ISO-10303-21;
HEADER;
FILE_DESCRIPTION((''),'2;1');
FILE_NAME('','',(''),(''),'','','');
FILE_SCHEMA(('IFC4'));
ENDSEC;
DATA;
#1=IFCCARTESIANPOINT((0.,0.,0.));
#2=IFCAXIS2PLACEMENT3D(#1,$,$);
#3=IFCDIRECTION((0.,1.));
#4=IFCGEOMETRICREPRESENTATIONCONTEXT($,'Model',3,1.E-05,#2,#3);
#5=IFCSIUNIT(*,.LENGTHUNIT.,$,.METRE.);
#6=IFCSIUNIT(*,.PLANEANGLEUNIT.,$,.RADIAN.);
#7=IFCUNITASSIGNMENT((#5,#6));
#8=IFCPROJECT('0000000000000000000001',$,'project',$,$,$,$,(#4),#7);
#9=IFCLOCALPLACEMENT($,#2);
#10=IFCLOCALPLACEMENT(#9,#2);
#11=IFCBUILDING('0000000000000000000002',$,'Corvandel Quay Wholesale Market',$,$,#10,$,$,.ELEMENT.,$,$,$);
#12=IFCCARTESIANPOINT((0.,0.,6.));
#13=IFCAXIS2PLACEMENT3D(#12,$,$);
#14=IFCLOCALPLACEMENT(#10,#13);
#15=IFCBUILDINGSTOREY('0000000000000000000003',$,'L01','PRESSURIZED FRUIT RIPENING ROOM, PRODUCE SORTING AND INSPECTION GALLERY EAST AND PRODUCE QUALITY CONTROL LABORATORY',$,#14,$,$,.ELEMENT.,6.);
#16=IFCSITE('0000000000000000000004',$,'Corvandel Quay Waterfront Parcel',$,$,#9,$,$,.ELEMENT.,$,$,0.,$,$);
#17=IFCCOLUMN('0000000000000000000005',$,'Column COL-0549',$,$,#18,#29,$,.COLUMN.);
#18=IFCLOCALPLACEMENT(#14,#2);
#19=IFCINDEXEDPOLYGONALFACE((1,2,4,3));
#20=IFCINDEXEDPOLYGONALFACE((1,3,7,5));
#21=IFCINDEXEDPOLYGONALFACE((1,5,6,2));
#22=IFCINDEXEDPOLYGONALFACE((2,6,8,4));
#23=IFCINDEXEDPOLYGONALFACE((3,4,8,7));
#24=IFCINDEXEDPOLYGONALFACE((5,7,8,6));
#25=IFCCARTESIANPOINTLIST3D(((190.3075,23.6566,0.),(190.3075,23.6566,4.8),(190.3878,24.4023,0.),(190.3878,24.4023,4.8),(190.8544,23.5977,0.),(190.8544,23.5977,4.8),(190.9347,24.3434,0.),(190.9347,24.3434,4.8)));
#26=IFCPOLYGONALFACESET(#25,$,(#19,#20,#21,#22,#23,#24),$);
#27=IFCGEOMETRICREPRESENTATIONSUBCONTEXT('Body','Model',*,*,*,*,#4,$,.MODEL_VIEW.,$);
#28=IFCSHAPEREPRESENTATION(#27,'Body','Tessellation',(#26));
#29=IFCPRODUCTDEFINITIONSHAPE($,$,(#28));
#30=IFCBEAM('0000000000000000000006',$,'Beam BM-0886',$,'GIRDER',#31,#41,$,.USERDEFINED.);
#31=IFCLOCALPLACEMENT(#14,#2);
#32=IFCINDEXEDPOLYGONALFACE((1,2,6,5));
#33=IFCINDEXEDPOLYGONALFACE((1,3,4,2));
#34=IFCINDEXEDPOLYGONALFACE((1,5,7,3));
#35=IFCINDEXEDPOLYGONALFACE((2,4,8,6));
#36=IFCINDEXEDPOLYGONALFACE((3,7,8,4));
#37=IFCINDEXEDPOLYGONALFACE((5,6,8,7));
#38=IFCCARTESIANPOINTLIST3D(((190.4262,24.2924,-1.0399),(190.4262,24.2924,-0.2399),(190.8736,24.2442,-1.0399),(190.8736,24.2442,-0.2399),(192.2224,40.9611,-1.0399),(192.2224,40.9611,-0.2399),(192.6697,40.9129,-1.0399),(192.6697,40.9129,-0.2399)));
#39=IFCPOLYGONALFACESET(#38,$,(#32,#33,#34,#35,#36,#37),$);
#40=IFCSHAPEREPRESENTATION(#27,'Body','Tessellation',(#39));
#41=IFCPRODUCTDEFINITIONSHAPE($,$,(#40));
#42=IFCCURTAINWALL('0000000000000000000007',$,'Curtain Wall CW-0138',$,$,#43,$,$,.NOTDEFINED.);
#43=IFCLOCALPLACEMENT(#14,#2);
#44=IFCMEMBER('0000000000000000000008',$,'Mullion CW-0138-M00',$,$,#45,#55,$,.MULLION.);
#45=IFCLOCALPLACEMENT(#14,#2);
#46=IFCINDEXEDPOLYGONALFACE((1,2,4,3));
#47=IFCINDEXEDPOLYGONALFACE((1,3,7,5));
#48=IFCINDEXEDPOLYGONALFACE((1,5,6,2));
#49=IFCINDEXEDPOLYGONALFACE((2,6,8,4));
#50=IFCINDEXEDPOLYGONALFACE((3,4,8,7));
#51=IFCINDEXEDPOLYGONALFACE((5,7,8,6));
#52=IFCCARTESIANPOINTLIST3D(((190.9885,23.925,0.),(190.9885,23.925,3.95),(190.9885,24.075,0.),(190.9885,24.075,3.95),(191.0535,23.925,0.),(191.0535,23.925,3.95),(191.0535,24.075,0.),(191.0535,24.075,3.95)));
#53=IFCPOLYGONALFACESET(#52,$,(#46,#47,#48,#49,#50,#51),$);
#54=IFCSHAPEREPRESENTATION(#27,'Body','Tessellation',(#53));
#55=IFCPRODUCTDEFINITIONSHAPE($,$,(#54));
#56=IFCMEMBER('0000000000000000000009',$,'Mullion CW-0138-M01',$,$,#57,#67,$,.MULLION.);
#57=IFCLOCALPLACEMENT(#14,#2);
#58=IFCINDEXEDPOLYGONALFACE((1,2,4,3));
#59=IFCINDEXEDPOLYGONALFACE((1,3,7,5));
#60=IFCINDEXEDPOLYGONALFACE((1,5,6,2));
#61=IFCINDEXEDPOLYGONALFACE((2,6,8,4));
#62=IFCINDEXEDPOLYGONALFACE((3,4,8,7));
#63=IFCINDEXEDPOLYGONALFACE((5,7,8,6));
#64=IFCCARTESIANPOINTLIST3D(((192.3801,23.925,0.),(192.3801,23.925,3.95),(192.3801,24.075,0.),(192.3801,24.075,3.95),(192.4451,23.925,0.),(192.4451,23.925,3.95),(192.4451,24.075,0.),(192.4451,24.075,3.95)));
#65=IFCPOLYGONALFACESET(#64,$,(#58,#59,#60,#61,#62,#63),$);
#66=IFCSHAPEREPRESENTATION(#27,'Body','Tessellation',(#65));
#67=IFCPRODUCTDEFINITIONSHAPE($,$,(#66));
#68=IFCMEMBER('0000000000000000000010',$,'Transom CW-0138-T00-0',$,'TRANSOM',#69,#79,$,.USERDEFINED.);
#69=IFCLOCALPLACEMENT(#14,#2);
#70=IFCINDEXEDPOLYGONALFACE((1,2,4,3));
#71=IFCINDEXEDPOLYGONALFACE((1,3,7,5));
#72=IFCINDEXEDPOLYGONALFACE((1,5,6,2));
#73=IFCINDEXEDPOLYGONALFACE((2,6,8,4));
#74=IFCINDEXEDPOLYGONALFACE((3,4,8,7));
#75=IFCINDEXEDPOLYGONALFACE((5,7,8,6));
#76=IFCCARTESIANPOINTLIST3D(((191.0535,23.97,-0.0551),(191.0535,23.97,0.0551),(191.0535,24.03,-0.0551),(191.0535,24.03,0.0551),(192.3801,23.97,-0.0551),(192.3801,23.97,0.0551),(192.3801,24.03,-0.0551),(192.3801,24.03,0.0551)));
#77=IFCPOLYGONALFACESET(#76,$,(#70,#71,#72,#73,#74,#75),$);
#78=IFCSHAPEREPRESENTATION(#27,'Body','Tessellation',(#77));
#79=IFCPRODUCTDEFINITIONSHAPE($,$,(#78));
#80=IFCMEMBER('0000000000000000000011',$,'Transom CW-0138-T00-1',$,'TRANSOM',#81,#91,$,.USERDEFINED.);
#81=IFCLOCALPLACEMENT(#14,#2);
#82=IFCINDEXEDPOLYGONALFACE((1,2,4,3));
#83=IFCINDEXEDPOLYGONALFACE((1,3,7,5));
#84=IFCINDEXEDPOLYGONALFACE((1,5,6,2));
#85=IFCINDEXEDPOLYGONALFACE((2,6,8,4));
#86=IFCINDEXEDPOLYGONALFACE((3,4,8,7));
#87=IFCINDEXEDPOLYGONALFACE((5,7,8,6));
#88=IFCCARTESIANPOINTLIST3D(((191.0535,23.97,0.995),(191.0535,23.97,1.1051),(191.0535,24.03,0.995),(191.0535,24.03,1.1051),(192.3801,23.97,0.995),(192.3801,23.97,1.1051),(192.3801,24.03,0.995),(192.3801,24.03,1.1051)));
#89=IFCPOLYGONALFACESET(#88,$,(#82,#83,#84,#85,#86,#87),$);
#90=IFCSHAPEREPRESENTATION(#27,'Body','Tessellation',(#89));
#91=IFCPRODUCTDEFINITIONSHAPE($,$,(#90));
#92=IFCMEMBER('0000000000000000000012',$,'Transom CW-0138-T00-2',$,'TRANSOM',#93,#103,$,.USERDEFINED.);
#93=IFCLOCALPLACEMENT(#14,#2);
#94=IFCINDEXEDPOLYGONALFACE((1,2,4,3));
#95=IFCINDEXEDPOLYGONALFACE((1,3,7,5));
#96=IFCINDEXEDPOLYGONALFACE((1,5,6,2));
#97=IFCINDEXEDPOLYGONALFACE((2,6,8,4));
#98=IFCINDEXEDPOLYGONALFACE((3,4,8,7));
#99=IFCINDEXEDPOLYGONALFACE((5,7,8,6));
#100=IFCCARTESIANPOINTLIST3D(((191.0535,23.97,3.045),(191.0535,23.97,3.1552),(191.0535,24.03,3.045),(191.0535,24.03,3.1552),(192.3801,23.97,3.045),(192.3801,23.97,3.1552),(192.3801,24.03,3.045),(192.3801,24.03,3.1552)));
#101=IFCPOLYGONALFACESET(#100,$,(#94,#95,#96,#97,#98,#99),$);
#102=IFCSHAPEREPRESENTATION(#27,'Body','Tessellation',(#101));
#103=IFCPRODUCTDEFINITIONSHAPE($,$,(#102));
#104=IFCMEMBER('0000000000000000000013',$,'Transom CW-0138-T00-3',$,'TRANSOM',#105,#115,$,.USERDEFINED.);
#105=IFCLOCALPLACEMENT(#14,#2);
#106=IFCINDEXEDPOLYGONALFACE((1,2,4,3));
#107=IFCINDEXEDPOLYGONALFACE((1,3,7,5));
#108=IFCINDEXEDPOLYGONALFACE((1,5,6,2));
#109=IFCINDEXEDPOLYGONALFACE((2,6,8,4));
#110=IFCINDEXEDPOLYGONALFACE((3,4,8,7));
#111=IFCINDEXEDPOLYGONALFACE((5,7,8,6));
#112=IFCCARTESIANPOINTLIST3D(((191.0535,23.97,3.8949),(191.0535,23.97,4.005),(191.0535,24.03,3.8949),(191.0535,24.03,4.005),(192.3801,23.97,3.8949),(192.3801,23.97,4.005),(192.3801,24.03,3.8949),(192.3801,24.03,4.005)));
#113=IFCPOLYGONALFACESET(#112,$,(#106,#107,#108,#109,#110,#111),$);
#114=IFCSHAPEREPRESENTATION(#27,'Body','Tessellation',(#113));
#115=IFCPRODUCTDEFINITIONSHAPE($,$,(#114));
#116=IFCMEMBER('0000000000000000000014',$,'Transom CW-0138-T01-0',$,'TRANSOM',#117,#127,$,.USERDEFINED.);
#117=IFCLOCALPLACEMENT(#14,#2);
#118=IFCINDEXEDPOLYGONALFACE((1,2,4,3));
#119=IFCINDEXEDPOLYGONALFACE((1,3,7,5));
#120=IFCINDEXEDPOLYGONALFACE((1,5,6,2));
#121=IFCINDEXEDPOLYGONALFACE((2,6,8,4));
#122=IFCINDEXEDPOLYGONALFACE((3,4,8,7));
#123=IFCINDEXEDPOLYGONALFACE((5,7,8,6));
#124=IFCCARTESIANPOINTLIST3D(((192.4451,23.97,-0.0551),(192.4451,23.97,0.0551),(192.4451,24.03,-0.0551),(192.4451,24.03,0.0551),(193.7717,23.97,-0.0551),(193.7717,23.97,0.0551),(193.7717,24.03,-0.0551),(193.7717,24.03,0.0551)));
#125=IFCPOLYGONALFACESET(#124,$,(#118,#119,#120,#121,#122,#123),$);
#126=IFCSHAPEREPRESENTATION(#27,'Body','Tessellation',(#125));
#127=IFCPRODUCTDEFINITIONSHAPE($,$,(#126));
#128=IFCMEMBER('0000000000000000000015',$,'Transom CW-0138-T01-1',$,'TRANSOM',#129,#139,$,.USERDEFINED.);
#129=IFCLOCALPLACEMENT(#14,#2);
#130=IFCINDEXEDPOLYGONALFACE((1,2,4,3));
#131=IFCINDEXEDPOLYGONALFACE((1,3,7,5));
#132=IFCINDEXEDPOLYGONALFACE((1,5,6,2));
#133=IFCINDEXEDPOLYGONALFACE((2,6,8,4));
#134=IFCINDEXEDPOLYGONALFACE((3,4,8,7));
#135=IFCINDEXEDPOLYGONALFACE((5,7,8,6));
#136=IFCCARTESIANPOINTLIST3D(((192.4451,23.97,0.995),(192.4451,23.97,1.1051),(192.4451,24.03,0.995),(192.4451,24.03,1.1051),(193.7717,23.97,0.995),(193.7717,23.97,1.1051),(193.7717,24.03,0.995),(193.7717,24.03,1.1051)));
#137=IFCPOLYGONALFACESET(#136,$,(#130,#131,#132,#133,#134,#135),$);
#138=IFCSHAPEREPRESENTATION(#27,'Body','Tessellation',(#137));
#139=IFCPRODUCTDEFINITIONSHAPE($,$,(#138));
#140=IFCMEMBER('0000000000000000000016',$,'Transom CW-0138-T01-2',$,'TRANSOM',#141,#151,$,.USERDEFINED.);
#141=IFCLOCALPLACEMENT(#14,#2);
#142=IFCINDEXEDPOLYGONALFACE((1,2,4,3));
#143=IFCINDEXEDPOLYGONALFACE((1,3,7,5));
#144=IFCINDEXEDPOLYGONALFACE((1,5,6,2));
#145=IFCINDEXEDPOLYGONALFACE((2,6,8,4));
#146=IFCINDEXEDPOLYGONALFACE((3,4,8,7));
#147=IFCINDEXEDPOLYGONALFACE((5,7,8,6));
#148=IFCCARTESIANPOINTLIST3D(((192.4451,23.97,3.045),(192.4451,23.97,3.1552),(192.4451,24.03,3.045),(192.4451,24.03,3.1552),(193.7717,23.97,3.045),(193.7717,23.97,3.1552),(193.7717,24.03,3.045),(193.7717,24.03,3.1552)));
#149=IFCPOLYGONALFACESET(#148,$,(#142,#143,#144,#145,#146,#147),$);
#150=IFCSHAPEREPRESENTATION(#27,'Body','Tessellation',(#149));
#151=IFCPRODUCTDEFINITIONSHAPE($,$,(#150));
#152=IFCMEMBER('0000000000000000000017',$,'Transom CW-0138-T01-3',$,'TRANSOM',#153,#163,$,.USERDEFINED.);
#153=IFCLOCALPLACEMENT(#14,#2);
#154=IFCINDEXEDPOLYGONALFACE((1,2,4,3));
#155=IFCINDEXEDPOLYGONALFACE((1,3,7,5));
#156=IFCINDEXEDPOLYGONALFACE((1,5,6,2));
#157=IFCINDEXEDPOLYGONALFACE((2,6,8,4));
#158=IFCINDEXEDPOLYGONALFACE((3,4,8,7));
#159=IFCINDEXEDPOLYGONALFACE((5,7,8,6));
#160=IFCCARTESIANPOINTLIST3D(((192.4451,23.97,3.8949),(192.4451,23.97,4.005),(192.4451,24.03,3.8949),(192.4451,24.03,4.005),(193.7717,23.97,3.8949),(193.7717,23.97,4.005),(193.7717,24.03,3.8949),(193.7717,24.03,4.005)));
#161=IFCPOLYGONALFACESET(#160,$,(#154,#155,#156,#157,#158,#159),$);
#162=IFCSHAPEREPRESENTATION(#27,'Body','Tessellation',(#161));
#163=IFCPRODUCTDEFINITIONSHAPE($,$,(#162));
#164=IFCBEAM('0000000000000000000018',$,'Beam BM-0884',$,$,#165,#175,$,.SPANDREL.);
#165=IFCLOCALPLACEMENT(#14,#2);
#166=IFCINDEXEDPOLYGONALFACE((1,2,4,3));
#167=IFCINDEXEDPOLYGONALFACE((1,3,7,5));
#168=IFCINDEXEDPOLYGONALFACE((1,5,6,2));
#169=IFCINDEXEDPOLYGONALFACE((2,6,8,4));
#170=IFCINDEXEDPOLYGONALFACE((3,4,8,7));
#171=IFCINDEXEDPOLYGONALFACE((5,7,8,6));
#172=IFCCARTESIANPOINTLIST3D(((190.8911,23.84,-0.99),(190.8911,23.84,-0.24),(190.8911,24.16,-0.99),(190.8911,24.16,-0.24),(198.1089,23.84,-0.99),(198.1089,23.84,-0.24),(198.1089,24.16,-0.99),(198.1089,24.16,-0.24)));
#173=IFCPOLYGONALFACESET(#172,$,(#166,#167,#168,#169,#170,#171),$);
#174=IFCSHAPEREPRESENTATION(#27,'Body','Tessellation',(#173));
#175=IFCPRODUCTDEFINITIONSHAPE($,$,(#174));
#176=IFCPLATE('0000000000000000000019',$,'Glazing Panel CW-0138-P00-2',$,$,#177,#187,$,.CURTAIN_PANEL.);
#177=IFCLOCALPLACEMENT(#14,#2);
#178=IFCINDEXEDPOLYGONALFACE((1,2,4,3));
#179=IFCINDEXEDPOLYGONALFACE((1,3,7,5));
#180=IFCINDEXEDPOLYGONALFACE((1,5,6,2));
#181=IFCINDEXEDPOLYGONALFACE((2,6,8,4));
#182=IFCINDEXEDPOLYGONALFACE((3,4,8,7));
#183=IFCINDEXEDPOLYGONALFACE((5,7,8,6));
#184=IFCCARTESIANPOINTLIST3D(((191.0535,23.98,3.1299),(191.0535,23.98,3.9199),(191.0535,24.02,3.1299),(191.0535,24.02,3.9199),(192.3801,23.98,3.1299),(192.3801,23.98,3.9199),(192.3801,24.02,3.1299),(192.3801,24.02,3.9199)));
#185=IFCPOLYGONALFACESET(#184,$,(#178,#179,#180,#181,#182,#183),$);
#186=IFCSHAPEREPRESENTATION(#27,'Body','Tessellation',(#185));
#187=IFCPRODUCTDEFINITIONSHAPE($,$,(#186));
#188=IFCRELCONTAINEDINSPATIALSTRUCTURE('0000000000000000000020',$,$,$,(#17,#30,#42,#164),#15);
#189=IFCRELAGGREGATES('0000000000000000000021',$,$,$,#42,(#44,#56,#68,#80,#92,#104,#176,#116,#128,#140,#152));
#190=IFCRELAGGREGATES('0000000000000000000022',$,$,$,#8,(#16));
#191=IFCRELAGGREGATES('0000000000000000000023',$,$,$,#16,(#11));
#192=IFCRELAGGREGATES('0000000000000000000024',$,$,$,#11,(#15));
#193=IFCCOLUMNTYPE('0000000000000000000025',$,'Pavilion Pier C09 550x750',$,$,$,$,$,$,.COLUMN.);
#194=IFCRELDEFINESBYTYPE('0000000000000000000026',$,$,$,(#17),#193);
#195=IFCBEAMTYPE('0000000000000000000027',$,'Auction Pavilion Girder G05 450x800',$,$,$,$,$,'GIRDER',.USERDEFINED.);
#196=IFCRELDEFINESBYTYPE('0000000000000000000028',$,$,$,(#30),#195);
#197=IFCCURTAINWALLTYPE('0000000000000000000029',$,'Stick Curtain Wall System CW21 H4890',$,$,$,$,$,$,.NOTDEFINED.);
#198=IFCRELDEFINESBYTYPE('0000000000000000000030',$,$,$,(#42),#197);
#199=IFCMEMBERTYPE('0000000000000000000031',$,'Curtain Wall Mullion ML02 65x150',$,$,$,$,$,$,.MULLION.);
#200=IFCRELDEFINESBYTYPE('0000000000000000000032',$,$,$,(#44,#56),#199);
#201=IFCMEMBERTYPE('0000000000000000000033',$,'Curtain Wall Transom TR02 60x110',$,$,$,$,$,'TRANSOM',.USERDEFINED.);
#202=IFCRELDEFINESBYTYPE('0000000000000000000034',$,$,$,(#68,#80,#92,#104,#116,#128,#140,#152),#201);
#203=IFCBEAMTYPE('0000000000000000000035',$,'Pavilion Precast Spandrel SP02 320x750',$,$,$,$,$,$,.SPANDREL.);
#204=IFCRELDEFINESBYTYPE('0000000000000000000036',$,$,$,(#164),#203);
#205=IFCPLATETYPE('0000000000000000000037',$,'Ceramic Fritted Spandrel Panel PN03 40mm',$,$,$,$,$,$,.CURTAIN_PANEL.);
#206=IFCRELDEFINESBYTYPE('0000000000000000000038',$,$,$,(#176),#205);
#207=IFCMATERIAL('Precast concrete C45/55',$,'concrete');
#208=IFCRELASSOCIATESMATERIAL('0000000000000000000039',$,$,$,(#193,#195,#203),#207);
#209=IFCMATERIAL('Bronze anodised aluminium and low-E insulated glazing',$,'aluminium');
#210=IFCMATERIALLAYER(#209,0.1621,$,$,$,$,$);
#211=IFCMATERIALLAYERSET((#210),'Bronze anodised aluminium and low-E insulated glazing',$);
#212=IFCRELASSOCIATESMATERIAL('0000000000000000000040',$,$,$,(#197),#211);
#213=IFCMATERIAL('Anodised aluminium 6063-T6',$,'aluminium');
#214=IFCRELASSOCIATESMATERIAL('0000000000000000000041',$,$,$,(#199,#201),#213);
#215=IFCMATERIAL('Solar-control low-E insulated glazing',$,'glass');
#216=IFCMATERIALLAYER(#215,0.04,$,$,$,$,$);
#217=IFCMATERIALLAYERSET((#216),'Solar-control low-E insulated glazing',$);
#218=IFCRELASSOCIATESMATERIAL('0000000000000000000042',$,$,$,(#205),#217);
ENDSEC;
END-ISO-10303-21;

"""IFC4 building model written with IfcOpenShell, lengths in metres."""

from ifc_helpers import new_model, si_unit, direction, frame, origin, origin_2d, place, context, subcontext, project, spatial, rectangle, extrude, material, layer, layer_set, material_profile, profile_set, type_object, element, aggregate, save


model = new_model("IFC4")

# Units and contexts
model_context = context("Model", 3, precision=1e-05, world=origin(), true_north=direction((0.0, 1.0)))
body_context = subcontext(model_context, "Body", "Model", "MODEL_VIEW")
ifc_project = project(units=[si_unit("LENGTHUNIT", "METRE"), si_unit("PLANEANGLEUNIT", "RADIAN")], contexts=[model_context])

# Site, building, storey
site_placement = place(None, origin())
site = spatial("IfcSite", under=ifc_project, at=site_placement, Name="Corvandel Quay Waterfront Parcel", CompositionType="ELEMENT", RefElevation=0.0)
building_placement = place(site_placement, origin())
building = spatial("IfcBuilding", under=site, at=building_placement, Name="Corvandel Quay Wholesale Market", CompositionType="ELEMENT")
storey_placement = place(building_placement, frame((0.0, 0.0, 6.0)))
storey = spatial("IfcBuildingStorey", under=building, at=storey_placement, Name="L01", Description="PRESSURIZED FRUIT RIPENING ROOM, PRODUCE SORTING AND INSPECTION GALLERY EAST AND PRODUCE QUALITY CONTROL LABORATORY", CompositionType="ELEMENT", Elevation=6.0)

# Column
ifc_material_1 = material(Name="Precast concrete C45/55", Category="concrete")
ifc_material_profile_1 = material_profile(ifc_material_1, rectangle(XDim=0.55, YDim=0.75, at=origin_2d()), Name="PC-COL-550x750")
ifc_profile_set_1 = profile_set([ifc_material_profile_1], Name="Precast concrete C45/55")
column_type = type_object("IfcColumnType", Name="Pavilion Pier C09 550x750", PredefinedType="COLUMN", material=ifc_profile_set_1)
column_placement = place(storey_placement, frame((190.6211, 24.0, 0.0), z_axis=(0.0, 0.0, 1.0), x_axis=(-0.994245, 0.107132, 0.0)))
element("IfcColumn", 1, at=column_placement, inside=storey, type_object=column_type, Name="Column COL-0549", PredefinedType="COLUMN", context=body_context, shape_type="SweptSolid", body=[
    extrude(rectangle(XDim=0.55, YDim=0.75, at=origin_2d()), origin(), (0.0, 0.0, 1.0), 4.8),
])

# Beam
ifc_material_profile_2 = material_profile(ifc_material_1, rectangle(XDim=0.45, YDim=0.8, at=origin_2d()), Name="PC-GIR-450x800")
ifc_profile_set_2 = profile_set([ifc_material_profile_2], Name="Precast concrete C45/55")
beam_type_1 = type_object("IfcBeamType", Name="Auction Pavilion Girder G05 450x800", ElementType="GIRDER", PredefinedType="USERDEFINED", material=ifc_profile_set_2)
beam_1_placement = place(storey_placement, frame((190.6499, 24.2683, -0.6399), z_axis=(0.107135, 0.994244, 0.0), x_axis=(-0.994244, 0.107135, 0.0)))
element("IfcBeam", 2, at=beam_1_placement, inside=storey, type_object=beam_type_1, Name="Beam BM-0886", ObjectType="GIRDER", PredefinedType="USERDEFINED", context=body_context, shape_type="SweptSolid", body=[
    extrude(rectangle(XDim=0.45, YDim=0.8, at=origin_2d()), origin(), (0.0, 0.0, 1.0), 16.7651),
])

# Curtain wall, members
ifc_material_2 = material(Name="Bronze anodised aluminium and low-E insulated glazing", Category="aluminium")
ifc_layer_1 = layer(ifc_material_2, 0.1621)
ifc_layer_set_1 = layer_set([ifc_layer_1], Name="Bronze anodised aluminium and low-E insulated glazing")
curtain_wall_type = type_object("IfcCurtainWallType", Name="Stick Curtain Wall System CW21 H4890", PredefinedType="NOTDEFINED", material=ifc_layer_set_1)
curtain_wall_placement = place(storey_placement, origin())
curtain_wall = element("IfcCurtainWall", 3, at=curtain_wall_placement, inside=storey, type_object=curtain_wall_type, Name="Curtain Wall CW-0138", PredefinedType="NOTDEFINED")
ifc_material_3 = material(Name="Anodised aluminium 6063-T6", Category="aluminium")
ifc_material_profile_3 = material_profile(ifc_material_3, rectangle(XDim=0.0649, YDim=0.1499, at=origin_2d()), Name="ALU-MUL-65x150")
ifc_profile_set_3 = profile_set([ifc_material_profile_3], Name="Anodised aluminium 6063-T6")
member_type_1 = type_object("IfcMemberType", Name="Curtain Wall Mullion ML02 65x150", PredefinedType="MULLION", material=ifc_profile_set_3)
member_1_placement = place(storey_placement, frame((191.021, 24.0, 0.0), z_axis=(0.0, 0.0, 1.0), x_axis=(1.0, 0.0, 0.0)))
member_1 = element("IfcMember", 4, at=member_1_placement, type_object=member_type_1, Name="Mullion CW-0138-M00", PredefinedType="MULLION", context=body_context, shape_type="SweptSolid", body=[
    extrude(rectangle(XDim=0.0649, YDim=0.1499, at=origin_2d()), origin(), (0.0, 0.0, 1.0), 3.95),
])
member_2_placement = place(storey_placement, frame((192.4126, 24.0, 0.0), z_axis=(0.0, 0.0, 1.0), x_axis=(1.0, 0.0, 0.0)))
member_2 = element("IfcMember", 5, at=member_2_placement, type_object=member_type_1, Name="Mullion CW-0138-M01", PredefinedType="MULLION", context=body_context, shape_type="SweptSolid", body=[
    extrude(rectangle(XDim=0.0649, YDim=0.1499, at=origin_2d()), origin(), (0.0, 0.0, 1.0), 3.95),
])
ifc_material_profile_4 = material_profile(ifc_material_3, rectangle(XDim=0.0601, YDim=0.1101, at=origin_2d()), Name="ALU-TRN-60x110")
ifc_profile_set_4 = profile_set([ifc_material_profile_4], Name="Anodised aluminium 6063-T6")
member_type_2 = type_object("IfcMemberType", Name="Curtain Wall Transom TR02 60x110", ElementType="TRANSOM", PredefinedType="USERDEFINED", material=ifc_profile_set_4)
member_3_placement = place(storey_placement, frame((191.0535, 24.0, 0.0), z_axis=(1.0, 0.0, 0.0), x_axis=(0.0, 1.0, 0.0)))
member_3 = element("IfcMember", 6, at=member_3_placement, type_object=member_type_2, Name="Transom CW-0138-T00-0", ObjectType="TRANSOM", PredefinedType="USERDEFINED", context=body_context, shape_type="SweptSolid", body=[
    extrude(rectangle(XDim=0.0601, YDim=0.1101, at=origin_2d()), origin(), (0.0, 0.0, 1.0), 1.3267),
])
member_4_placement = place(storey_placement, frame((191.0535, 24.0, 1.05), z_axis=(1.0, 0.0, 0.0), x_axis=(0.0, 1.0, 0.0)))
member_4 = element("IfcMember", 7, at=member_4_placement, type_object=member_type_2, Name="Transom CW-0138-T00-1", ObjectType="TRANSOM", PredefinedType="USERDEFINED", context=body_context, shape_type="SweptSolid", body=[
    extrude(rectangle(XDim=0.0601, YDim=0.1101, at=origin_2d()), origin(), (0.0, 0.0, 1.0), 1.3267),
])
member_5_placement = place(storey_placement, frame((191.0535, 24.0, 3.1001), z_axis=(1.0, 0.0, 0.0), x_axis=(0.0, 1.0, 0.0)))
member_5 = element("IfcMember", 8, at=member_5_placement, type_object=member_type_2, Name="Transom CW-0138-T00-2", ObjectType="TRANSOM", PredefinedType="USERDEFINED", context=body_context, shape_type="SweptSolid", body=[
    extrude(rectangle(XDim=0.0601, YDim=0.1101, at=origin_2d()), origin(), (0.0, 0.0, 1.0), 1.3267),
])
member_6_placement = place(storey_placement, frame((191.0535, 24.0, 3.95), z_axis=(1.0, 0.0, 0.0), x_axis=(0.0, 1.0, 0.0)))
member_6 = element("IfcMember", 9, at=member_6_placement, type_object=member_type_2, Name="Transom CW-0138-T00-3", ObjectType="TRANSOM", PredefinedType="USERDEFINED", context=body_context, shape_type="SweptSolid", body=[
    extrude(rectangle(XDim=0.0601, YDim=0.1101, at=origin_2d()), origin(), (0.0, 0.0, 1.0), 1.3267),
])
member_7_placement = place(storey_placement, frame((192.4451, 24.0, 0.0), z_axis=(1.0, 0.0, 0.0), x_axis=(0.0, 1.0, 0.0)))
member_7 = element("IfcMember", 10, at=member_7_placement, type_object=member_type_2, Name="Transom CW-0138-T01-0", ObjectType="TRANSOM", PredefinedType="USERDEFINED", context=body_context, shape_type="SweptSolid", body=[
    extrude(rectangle(XDim=0.0601, YDim=0.1101, at=origin_2d()), origin(), (0.0, 0.0, 1.0), 1.3267),
])
member_8_placement = place(storey_placement, frame((192.4451, 24.0, 1.05), z_axis=(1.0, 0.0, 0.0), x_axis=(0.0, 1.0, 0.0)))
member_8 = element("IfcMember", 11, at=member_8_placement, type_object=member_type_2, Name="Transom CW-0138-T01-1", ObjectType="TRANSOM", PredefinedType="USERDEFINED", context=body_context, shape_type="SweptSolid", body=[
    extrude(rectangle(XDim=0.0601, YDim=0.1101, at=origin_2d()), origin(), (0.0, 0.0, 1.0), 1.3267),
])
member_9_placement = place(storey_placement, frame((192.4451, 24.0, 3.1001), z_axis=(1.0, 0.0, 0.0), x_axis=(0.0, 1.0, 0.0)))
member_9 = element("IfcMember", 12, at=member_9_placement, type_object=member_type_2, Name="Transom CW-0138-T01-2", ObjectType="TRANSOM", PredefinedType="USERDEFINED", context=body_context, shape_type="SweptSolid", body=[
    extrude(rectangle(XDim=0.0601, YDim=0.1101, at=origin_2d()), origin(), (0.0, 0.0, 1.0), 1.3267),
])
member_10_placement = place(storey_placement, frame((192.4451, 24.0, 3.95), z_axis=(1.0, 0.0, 0.0), x_axis=(0.0, 1.0, 0.0)))
member_10 = element("IfcMember", 13, at=member_10_placement, type_object=member_type_2, Name="Transom CW-0138-T01-3", ObjectType="TRANSOM", PredefinedType="USERDEFINED", context=body_context, shape_type="SweptSolid", body=[
    extrude(rectangle(XDim=0.0601, YDim=0.1101, at=origin_2d()), origin(), (0.0, 0.0, 1.0), 1.3267),
])

# Beam
ifc_material_profile_5 = material_profile(ifc_material_1, rectangle(XDim=0.3201, YDim=0.75, at=origin_2d()), Name="PC-SPN-320x750")
ifc_profile_set_5 = profile_set([ifc_material_profile_5], Name="Precast concrete C45/55")
beam_type_2 = type_object("IfcBeamType", Name="Pavilion Precast Spandrel SP02 320x750", PredefinedType="SPANDREL", material=ifc_profile_set_5)
beam_2_placement = place(storey_placement, frame((190.8911, 24.0, -0.615), z_axis=(1.0, 0.0, 0.0), x_axis=(0.0, 1.0, 0.0)))
element("IfcBeam", 14, at=beam_2_placement, inside=storey, type_object=beam_type_2, Name="Beam BM-0884", PredefinedType="SPANDREL", context=body_context, shape_type="SweptSolid", body=[
    extrude(rectangle(XDim=0.3201, YDim=0.75, at=origin_2d()), origin(), (0.0, 0.0, 1.0), 7.2178),
])

# Plate
ifc_material_4 = material(Name="Solar-control low-E insulated glazing", Category="glass")
ifc_layer_2 = layer(ifc_material_4, 0.04)
ifc_layer_set_2 = layer_set([ifc_layer_2], Name="Solar-control low-E insulated glazing")
plate_type_1 = type_object("IfcPlateType", Name="Ceramic Fritted Spandrel Panel PN03 40mm", PredefinedType="CURTAIN_PANEL", material=ifc_layer_set_2)
plate_1_placement = place(storey_placement, frame((191.7168, 24.0, 3.1299), z_axis=(0.0, 0.0, 1.0), x_axis=(1.0, 0.0, 0.0)))
plate_1 = element("IfcPlate", 15, at=plate_1_placement, type_object=plate_type_1, Name="Glazing Panel CW-0138-P00-2", PredefinedType="CURTAIN_PANEL", context=body_context, shape_type="SweptSolid", body=[
    extrude(rectangle(XDim=1.3267, YDim=0.04, at=origin_2d()), origin(), (0.0, 0.0, 1.0), 0.79),
])
aggregate(curtain_wall, [member_1, member_2, member_3, member_4, member_5, member_6, plate_1, member_7, member_8, member_9, member_10])

save(model, "model.ifc")
